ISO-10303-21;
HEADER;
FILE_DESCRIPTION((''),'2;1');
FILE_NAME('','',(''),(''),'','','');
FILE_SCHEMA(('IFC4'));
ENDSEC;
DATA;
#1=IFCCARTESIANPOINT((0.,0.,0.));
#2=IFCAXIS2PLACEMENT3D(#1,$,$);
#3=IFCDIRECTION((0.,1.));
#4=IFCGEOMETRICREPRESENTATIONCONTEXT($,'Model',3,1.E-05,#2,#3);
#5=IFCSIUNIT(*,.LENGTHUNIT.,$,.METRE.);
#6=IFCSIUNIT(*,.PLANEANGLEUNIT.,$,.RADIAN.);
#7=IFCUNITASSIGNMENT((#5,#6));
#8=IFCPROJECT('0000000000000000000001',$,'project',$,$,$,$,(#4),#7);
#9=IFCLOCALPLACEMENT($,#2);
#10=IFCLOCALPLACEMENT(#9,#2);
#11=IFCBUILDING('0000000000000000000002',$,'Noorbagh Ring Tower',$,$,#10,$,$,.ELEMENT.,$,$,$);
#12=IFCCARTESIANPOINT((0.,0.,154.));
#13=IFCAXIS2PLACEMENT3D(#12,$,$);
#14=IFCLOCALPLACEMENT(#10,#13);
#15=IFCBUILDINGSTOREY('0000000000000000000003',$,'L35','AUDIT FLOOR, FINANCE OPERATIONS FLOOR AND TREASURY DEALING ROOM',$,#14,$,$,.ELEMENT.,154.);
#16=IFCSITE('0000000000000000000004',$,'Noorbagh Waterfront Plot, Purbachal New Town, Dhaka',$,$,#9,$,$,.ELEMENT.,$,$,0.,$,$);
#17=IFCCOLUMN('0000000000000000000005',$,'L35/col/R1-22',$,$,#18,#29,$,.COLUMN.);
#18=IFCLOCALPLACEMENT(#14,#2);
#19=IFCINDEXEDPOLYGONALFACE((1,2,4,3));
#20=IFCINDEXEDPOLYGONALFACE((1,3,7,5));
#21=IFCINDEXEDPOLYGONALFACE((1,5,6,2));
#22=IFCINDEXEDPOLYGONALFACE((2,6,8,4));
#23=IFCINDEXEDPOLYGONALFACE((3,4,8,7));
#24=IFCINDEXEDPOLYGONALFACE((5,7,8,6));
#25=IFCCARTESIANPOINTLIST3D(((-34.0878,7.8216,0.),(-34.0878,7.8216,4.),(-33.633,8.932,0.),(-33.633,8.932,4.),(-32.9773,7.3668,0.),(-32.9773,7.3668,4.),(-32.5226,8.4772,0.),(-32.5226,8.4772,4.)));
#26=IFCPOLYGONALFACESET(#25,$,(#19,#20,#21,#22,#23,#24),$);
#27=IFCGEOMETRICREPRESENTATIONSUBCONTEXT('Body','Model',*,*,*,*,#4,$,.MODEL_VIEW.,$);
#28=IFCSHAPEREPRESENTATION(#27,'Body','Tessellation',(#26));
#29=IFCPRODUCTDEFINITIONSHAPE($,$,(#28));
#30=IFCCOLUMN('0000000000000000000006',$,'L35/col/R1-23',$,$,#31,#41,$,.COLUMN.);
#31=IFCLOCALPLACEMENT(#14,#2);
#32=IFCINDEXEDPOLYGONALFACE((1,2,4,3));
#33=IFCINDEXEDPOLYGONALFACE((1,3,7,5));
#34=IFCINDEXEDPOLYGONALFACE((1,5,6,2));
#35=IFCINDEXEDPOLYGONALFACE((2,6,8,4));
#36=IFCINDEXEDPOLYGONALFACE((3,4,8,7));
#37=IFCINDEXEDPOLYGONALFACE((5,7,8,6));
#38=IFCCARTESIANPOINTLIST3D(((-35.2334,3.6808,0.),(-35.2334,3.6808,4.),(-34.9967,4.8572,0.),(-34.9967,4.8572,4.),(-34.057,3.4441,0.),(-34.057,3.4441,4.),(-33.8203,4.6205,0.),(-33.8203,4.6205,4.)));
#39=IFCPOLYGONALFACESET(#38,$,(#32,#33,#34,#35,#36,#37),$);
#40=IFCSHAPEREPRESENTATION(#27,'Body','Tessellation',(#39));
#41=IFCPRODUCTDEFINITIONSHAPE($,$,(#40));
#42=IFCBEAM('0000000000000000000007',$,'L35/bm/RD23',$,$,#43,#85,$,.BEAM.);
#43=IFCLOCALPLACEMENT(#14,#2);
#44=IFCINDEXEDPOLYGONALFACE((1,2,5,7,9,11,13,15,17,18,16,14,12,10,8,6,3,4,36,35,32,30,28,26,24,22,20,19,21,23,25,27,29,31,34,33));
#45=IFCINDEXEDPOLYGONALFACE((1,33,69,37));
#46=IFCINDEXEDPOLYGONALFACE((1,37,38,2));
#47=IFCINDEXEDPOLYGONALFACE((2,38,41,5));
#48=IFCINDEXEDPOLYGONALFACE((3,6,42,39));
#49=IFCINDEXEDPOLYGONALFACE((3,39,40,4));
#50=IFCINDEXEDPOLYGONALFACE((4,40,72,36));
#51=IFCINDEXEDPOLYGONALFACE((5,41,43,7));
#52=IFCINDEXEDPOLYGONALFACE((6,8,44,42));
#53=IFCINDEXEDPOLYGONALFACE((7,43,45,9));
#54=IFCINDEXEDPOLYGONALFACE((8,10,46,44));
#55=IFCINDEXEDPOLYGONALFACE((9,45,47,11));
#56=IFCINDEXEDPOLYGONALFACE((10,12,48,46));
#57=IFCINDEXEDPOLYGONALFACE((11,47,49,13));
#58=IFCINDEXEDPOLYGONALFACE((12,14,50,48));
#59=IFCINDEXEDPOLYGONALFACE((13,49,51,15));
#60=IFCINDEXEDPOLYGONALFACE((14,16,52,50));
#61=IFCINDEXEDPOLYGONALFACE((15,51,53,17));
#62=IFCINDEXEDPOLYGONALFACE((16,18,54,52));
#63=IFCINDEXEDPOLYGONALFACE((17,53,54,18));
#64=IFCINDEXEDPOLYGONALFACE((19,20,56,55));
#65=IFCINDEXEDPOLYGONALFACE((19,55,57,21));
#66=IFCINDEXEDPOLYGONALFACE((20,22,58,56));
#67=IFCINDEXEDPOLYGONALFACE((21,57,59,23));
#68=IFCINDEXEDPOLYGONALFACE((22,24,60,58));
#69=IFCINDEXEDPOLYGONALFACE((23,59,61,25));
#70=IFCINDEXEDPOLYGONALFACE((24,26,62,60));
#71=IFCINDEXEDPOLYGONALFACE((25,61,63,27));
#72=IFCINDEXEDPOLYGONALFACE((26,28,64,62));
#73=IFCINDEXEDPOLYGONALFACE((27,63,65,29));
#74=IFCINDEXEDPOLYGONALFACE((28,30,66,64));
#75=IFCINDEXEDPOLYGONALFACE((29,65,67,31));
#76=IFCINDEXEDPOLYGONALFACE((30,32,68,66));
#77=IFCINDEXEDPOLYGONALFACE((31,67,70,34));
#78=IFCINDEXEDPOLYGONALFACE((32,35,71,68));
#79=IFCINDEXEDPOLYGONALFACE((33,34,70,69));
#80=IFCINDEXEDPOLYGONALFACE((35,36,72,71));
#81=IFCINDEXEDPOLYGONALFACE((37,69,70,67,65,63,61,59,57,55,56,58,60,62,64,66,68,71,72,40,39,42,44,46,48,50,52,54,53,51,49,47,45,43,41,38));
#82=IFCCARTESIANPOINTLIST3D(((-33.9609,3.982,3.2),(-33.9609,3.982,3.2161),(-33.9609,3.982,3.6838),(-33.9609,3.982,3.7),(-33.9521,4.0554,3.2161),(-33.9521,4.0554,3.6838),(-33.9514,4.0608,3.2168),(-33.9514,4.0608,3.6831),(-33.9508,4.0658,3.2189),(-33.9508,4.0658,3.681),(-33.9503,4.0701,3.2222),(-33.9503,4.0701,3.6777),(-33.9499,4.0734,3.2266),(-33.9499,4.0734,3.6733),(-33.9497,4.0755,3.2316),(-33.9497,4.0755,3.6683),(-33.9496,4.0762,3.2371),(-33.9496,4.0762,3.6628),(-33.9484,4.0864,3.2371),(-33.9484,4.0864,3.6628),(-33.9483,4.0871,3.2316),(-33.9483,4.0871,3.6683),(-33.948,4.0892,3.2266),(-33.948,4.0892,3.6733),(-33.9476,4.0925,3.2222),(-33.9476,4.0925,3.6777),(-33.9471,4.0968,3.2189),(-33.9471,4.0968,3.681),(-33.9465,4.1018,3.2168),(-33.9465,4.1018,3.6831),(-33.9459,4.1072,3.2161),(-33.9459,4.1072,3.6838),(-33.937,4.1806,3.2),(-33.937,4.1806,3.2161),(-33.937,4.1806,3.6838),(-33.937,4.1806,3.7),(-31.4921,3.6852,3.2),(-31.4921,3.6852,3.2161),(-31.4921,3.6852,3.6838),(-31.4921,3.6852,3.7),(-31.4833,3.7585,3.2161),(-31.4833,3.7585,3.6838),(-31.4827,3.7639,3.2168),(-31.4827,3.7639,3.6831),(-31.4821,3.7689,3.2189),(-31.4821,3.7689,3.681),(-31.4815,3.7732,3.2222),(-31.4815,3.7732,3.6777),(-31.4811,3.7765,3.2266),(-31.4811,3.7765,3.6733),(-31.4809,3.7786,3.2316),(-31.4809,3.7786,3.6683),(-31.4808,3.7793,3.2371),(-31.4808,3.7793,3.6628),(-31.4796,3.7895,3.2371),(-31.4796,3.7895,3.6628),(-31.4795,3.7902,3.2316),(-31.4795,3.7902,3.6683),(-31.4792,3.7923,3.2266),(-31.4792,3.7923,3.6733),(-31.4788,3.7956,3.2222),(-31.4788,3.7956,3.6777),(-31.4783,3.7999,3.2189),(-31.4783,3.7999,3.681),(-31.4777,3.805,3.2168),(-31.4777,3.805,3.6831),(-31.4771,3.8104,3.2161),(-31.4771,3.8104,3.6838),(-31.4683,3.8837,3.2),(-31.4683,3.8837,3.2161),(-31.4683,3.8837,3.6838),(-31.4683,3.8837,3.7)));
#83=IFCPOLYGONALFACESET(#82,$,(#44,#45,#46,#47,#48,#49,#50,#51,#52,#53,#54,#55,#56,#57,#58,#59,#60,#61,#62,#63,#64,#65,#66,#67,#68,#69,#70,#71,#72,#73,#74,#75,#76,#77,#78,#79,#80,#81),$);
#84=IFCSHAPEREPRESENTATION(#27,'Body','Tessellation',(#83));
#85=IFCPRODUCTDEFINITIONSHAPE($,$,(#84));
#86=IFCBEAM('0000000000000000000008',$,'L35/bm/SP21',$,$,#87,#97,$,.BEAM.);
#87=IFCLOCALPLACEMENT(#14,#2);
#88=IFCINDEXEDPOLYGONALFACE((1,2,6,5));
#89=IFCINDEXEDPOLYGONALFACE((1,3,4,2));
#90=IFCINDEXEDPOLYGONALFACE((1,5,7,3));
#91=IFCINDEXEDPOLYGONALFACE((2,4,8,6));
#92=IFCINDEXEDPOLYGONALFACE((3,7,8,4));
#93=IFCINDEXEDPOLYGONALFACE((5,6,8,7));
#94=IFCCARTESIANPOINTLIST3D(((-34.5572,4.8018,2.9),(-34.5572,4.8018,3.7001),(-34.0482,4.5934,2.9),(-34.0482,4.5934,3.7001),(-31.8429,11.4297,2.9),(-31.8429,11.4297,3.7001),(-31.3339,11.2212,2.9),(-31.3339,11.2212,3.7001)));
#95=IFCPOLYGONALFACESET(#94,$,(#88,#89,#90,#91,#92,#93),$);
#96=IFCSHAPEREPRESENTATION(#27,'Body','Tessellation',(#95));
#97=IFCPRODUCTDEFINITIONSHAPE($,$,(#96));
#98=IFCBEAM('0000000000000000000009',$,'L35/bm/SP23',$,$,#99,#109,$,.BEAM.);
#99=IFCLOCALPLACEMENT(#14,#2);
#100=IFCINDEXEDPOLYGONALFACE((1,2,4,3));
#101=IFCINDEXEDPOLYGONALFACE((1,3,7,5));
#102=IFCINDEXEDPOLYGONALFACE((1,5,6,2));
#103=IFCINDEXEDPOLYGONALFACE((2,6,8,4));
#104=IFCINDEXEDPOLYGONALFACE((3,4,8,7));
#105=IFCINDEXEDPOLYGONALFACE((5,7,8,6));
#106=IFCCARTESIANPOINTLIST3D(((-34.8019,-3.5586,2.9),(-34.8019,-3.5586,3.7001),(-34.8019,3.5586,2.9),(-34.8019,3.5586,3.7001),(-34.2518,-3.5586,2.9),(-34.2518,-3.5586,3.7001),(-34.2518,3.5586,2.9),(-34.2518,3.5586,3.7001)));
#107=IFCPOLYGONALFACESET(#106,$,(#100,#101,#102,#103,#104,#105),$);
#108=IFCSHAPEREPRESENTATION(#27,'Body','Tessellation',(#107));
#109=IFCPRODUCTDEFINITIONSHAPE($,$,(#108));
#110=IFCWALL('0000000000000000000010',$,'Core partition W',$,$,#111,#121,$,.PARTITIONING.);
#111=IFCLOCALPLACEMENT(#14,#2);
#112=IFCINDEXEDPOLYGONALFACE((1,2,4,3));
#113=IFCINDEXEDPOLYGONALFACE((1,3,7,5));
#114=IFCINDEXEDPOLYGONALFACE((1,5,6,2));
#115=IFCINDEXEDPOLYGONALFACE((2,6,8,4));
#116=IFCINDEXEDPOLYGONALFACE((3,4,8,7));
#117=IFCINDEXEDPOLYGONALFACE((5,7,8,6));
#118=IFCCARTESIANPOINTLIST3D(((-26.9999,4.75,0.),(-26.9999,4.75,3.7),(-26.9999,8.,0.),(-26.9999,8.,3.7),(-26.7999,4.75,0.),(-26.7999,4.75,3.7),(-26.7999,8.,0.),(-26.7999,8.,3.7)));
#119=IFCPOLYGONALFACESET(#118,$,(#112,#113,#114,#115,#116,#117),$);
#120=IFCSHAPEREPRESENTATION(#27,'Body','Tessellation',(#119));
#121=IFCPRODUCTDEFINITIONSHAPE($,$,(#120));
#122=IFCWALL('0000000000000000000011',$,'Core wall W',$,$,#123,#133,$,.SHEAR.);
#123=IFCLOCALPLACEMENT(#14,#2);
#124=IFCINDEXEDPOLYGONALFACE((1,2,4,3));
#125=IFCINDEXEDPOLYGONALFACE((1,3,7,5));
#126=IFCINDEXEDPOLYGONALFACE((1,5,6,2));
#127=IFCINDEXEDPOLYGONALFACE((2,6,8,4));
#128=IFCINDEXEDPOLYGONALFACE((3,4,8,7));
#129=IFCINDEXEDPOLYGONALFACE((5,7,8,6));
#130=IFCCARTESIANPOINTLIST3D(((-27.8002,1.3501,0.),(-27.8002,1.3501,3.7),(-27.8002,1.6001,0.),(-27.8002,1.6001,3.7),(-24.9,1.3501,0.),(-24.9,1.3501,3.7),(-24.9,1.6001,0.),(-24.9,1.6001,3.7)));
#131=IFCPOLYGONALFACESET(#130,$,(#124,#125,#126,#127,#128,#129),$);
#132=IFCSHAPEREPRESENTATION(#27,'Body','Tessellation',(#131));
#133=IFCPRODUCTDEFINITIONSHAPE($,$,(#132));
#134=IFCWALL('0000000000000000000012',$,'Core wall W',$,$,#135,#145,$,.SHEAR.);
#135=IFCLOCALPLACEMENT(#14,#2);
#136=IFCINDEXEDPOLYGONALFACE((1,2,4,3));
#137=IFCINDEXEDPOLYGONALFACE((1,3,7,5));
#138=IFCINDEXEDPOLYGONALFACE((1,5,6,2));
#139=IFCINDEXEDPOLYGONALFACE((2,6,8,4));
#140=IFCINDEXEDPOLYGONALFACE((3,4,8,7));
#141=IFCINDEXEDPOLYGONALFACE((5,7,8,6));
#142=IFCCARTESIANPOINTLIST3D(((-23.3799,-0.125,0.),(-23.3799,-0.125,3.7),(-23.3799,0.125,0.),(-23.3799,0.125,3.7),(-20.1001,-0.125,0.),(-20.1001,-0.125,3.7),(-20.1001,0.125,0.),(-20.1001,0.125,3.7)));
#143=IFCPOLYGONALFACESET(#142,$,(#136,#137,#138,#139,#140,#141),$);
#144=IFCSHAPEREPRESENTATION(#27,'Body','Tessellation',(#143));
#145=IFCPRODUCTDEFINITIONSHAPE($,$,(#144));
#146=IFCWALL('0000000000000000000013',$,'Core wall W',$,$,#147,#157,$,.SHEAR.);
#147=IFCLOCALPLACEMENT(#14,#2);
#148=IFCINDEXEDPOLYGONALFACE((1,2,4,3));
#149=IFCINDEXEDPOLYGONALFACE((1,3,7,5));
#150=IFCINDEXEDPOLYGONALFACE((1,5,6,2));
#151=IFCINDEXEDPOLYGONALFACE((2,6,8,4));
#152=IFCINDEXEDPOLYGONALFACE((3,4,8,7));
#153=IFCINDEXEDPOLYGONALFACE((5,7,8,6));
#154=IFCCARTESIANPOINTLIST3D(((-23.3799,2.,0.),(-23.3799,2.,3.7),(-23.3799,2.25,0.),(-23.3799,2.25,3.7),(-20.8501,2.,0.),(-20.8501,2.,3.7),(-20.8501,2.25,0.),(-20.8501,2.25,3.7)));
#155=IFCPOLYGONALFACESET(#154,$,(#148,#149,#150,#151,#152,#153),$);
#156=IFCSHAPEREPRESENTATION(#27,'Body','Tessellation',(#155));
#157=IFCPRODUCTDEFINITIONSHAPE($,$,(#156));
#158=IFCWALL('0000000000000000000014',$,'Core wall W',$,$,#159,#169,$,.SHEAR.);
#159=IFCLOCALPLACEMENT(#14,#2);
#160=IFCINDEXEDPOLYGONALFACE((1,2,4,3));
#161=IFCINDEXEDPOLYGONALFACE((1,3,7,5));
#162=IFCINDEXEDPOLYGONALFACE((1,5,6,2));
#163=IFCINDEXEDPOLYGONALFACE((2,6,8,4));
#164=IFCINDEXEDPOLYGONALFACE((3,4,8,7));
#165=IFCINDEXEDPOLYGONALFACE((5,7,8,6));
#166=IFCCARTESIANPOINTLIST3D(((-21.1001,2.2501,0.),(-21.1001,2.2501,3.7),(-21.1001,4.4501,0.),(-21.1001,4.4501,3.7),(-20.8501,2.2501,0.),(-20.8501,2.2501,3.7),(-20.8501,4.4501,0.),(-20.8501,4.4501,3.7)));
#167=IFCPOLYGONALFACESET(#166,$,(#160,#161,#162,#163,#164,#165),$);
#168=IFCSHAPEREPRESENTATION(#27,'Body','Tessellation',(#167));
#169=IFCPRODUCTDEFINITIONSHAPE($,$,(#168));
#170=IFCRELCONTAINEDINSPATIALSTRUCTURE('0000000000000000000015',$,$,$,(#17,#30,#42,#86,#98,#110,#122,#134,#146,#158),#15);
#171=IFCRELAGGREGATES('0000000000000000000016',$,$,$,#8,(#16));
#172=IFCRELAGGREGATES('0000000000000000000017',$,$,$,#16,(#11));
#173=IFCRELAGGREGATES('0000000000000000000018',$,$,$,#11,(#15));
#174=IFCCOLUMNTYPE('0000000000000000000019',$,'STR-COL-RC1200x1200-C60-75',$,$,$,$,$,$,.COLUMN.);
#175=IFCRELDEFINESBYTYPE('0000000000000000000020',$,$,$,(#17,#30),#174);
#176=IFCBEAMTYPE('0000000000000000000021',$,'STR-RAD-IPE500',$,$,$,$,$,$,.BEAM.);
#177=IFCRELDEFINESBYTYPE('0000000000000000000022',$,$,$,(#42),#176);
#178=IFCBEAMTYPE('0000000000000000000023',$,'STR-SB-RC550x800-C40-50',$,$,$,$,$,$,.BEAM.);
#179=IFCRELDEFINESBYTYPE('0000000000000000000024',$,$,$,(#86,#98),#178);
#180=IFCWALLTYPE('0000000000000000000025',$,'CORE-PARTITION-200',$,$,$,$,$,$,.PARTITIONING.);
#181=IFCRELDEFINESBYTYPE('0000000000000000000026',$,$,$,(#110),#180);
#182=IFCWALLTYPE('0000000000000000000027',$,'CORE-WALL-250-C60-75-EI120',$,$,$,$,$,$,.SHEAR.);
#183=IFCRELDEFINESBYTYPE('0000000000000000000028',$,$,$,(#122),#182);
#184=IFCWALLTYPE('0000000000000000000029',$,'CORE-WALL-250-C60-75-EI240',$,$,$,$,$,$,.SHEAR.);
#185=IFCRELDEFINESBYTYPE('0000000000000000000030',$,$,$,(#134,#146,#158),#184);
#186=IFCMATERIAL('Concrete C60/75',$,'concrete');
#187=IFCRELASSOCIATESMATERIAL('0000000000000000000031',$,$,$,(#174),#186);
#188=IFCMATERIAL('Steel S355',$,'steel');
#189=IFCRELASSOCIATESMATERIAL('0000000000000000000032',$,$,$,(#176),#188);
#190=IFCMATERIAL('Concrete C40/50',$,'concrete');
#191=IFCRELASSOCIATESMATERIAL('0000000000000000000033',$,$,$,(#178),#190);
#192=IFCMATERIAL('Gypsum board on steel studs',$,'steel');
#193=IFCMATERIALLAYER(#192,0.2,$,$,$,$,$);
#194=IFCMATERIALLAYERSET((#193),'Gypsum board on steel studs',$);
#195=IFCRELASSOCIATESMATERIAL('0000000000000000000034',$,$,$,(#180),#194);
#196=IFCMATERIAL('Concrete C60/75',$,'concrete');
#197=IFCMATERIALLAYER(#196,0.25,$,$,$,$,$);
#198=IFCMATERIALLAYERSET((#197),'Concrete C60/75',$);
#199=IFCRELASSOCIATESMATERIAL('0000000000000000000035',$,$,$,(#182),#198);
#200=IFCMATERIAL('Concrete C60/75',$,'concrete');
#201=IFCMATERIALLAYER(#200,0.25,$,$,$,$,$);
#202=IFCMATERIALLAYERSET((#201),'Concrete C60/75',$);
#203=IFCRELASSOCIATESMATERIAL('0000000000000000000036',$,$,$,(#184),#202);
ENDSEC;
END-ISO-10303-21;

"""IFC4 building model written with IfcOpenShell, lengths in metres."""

from ifc_helpers import new_model, si_unit, direction, frame, frame_2d, origin, origin_2d, place, context, subcontext, project, spatial, rectangle, i_section, extrude, material, layer, layer_set, material_profile, profile_set, type_object, element, save


model = new_model("IFC4")

# Units and contexts
model_context = context("Model", 3, precision=1e-05, world=origin(), true_north=direction((0.0, 1.0)))
body_context = subcontext(model_context, "Body", "Model", "MODEL_VIEW")
ifc_project = project(units=[si_unit("LENGTHUNIT", "METRE"), si_unit("PLANEANGLEUNIT", "RADIAN")], contexts=[model_context])

# Site, building, storey
site_placement = place(None, origin())
site = spatial("IfcSite", under=ifc_project, at=site_placement, Name="Noorbagh Waterfront Plot, Purbachal New Town, Dhaka", CompositionType="ELEMENT", RefElevation=0.0)
building_placement = place(site_placement, origin())
building = spatial("IfcBuilding", under=site, at=building_placement, Name="Noorbagh Ring Tower", CompositionType="ELEMENT")
storey_placement = place(building_placement, frame((0.0, 0.0, 154.0)))
storey = spatial("IfcBuildingStorey", under=building, at=storey_placement, Name="L35", Description="AUDIT FLOOR, FINANCE OPERATIONS FLOOR AND TREASURY DEALING ROOM", CompositionType="ELEMENT", Elevation=154.0)

# Columns
ifc_material_1 = material(Name="Concrete C60/75", Category="concrete")
ifc_material_profile_1 = material_profile(ifc_material_1, rectangle(XDim=1.2, YDim=1.2, at=origin_2d()), Name="RC1200x1200")
ifc_profile_set_1 = profile_set([ifc_material_profile_1], Name="Concrete C60/75")
column_type = type_object("IfcColumnType", Name="STR-COL-RC1200x1200-C60-75", PredefinedType="COLUMN", material=ifc_profile_set_1)
for number, where, z_axis, x_axis, name in (
    (1, (-33.3052, 8.1494, 0.0), (0.0, 0.0, 1.0), (-0.378989, -0.925401, 0.0), "L35/col/R1-22"),
    (2, (-34.5269, 4.1506, 0.0), (0.0, 0.0, 1.0), (-0.19723, -0.980357, 0.0), "L35/col/R1-23"),
):
    element("IfcColumn", number, at=place(storey_placement, frame(where, z_axis=z_axis, x_axis=x_axis)), inside=storey, type_object=column_type, Name=name, PredefinedType="COLUMN", context=body_context, shape_type="SweptSolid", body=[
        extrude(rectangle(XDim=1.2, YDim=1.2, at=origin_2d()), origin(), (0.0, 0.0, 1.0), 4.0),
    ])

# Beams
ifc_material_2 = material(Name="Steel S355", Category="steel")
ifc_material_profile_2 = material_profile(ifc_material_2, i_section(OverallWidth=0.2, OverallDepth=0.5, WebThickness=0.0103, FlangeThickness=0.0161, FilletRadius=0.021, at=origin_2d()), Name="IPE500")
ifc_profile_set_2 = profile_set([ifc_material_profile_2], Name="Steel S355")
beam_type_1 = type_object("IfcBeamType", Name="STR-RAD-IPE500", PredefinedType="BEAM", material=ifc_profile_set_2)
beam_1_placement = place(storey_placement, frame((-33.949, 4.0813, 3.45), z_axis=(0.992847, -0.119393, 0.0), x_axis=(0.119393, 0.992847, 0.0)))
element("IfcBeam", 3, at=beam_1_placement, inside=storey, type_object=beam_type_1, Name="L35/bm/RD23", PredefinedType="BEAM", context=body_context, shape_type="SweptSolid", body=[
    extrude(i_section(OverallWidth=0.2, OverallDepth=0.5, WebThickness=0.0103, FlangeThickness=0.0161, FilletRadius=0.021, at=origin_2d()), origin(), (0.0, 0.0, 1.0), 2.4866),
])
ifc_material_3 = material(Name="Concrete C40/50", Category="concrete")
ifc_material_profile_3 = material_profile(ifc_material_3, rectangle(XDim=0.55, YDim=0.8, at=origin_2d()), Name="RC550x800")
ifc_profile_set_3 = profile_set([ifc_material_profile_3], Name="Concrete C40/50")
beam_type_2 = type_object("IfcBeamType", Name="STR-SB-RC550x800-C40-50", PredefinedType="BEAM", material=ifc_profile_set_3)
beam_2_placement = place(storey_placement, frame((-31.5884, 11.3254, 3.3), z_axis=(-0.378983, -0.925404, 0.0), x_axis=(0.925404, -0.378983, 0.0)))
element("IfcBeam", 4, at=beam_2_placement, inside=storey, type_object=beam_type_2, Name="L35/bm/SP21", PredefinedType="BEAM", context=body_context, shape_type="SweptSolid", body=[
    extrude(rectangle(XDim=0.55, YDim=0.8, at=origin_2d()), origin(), (0.0, 0.0, 1.0), 7.1621),
])
beam_3_placement = place(storey_placement, frame((-34.5269, 3.5586, 3.3), z_axis=(0.0, -1.0, 0.0), x_axis=(1.0, 0.0, 0.0)))
element("IfcBeam", 5, at=beam_3_placement, inside=storey, type_object=beam_type_2, Name="L35/bm/SP23", PredefinedType="BEAM", context=body_context, shape_type="SweptSolid", body=[
    extrude(rectangle(XDim=0.55, YDim=0.8, at=origin_2d()), origin(), (0.0, 0.0, 1.0), 7.1172),
])

# Walls
ifc_material_4 = material(Name="Gypsum board on steel studs", Category="steel")
ifc_layer_1 = layer(ifc_material_4, 0.2)
ifc_layer_set_1 = layer_set([ifc_layer_1], Name="Gypsum board on steel studs")
wall_type_1 = type_object("IfcWallType", Name="CORE-PARTITION-200", PredefinedType="PARTITIONING", material=ifc_layer_set_1)
wall_1_placement = place(storey_placement, frame((-26.8999, 4.75, 0.0), z_axis=(0.0, 0.0, 1.0), x_axis=(0.0, 1.0, 0.0)))
element("IfcWall", 6, at=wall_1_placement, inside=storey, type_object=wall_type_1, Name="Core partition W", PredefinedType="PARTITIONING", context=body_context, shape_type="SweptSolid", body=[
    extrude(rectangle(XDim=3.25, YDim=0.2, at=frame_2d((1.625, 0.0))), origin(), (0.0, 0.0, 1.0), 3.7),
])
ifc_material_5 = material(Name="Concrete C60/75", Category="concrete")
ifc_layer_2 = layer(ifc_material_5, 0.25)
ifc_layer_set_2 = layer_set([ifc_layer_2], Name="Concrete C60/75")
wall_type_2 = type_object("IfcWallType", Name="CORE-WALL-250-C60-75-EI120", PredefinedType="SHEAR", material=ifc_layer_set_2)
wall_2_placement = place(storey_placement, frame((-24.8999, 1.4751, 0.0), z_axis=(0.0, 0.0, 1.0), x_axis=(-1.0, 0.0, 0.0)))
element("IfcWall", 7, at=wall_2_placement, inside=storey, type_object=wall_type_2, Name="Core wall W", PredefinedType="SHEAR", context=body_context, shape_type="SweptSolid", body=[
    extrude(rectangle(XDim=2.9001, YDim=0.25, at=frame_2d((1.4502, 0.0))), origin(), (0.0, 0.0, 1.0), 3.7),
])
ifc_material_6 = material(Name="Concrete C60/75", Category="concrete")
ifc_layer_3 = layer(ifc_material_6, 0.25)
ifc_layer_set_3 = layer_set([ifc_layer_3], Name="Concrete C60/75")
wall_type_3 = type_object("IfcWallType", Name="CORE-WALL-250-C60-75-EI240", PredefinedType="SHEAR", material=ifc_layer_set_3)
wall_3_placement = place(storey_placement, frame((-20.1001, 0.0, 0.0), z_axis=(0.0, 0.0, 1.0), x_axis=(-1.0, 0.0, 0.0)))
element("IfcWall", 8, at=wall_3_placement, inside=storey, type_object=wall_type_3, Name="Core wall W", PredefinedType="SHEAR", context=body_context, shape_type="SweptSolid", body=[
    extrude(rectangle(XDim=3.2798, YDim=0.25, at=frame_2d((1.6399, 0.0))), origin(), (0.0, 0.0, 1.0), 3.7),
])
wall_4_placement = place(storey_placement, frame((-20.8501, 2.125, 0.0), z_axis=(0.0, 0.0, 1.0), x_axis=(-1.0, 0.0, 0.0)))
element("IfcWall", 9, at=wall_4_placement, inside=storey, type_object=wall_type_3, Name="Core wall W", PredefinedType="SHEAR", context=body_context, shape_type="SweptSolid", body=[
    extrude(rectangle(XDim=2.5298, YDim=0.25, at=frame_2d((1.2649, 0.0))), origin(), (0.0, 0.0, 1.0), 3.7),
])
wall_5_placement = place(storey_placement, frame((-20.9751, 2.25, 0.0), z_axis=(0.0, 0.0, 1.0), x_axis=(0.0, 1.0, 0.0)))
element("IfcWall", 10, at=wall_5_placement, inside=storey, type_object=wall_type_3, Name="Core wall W", PredefinedType="SHEAR", context=body_context, shape_type="SweptSolid", body=[
    extrude(rectangle(XDim=2.2, YDim=0.25, at=frame_2d((1.1001, 0.0))), origin(), (0.0, 0.0, 1.0), 3.7),
])

save(model, "model.ifc")
